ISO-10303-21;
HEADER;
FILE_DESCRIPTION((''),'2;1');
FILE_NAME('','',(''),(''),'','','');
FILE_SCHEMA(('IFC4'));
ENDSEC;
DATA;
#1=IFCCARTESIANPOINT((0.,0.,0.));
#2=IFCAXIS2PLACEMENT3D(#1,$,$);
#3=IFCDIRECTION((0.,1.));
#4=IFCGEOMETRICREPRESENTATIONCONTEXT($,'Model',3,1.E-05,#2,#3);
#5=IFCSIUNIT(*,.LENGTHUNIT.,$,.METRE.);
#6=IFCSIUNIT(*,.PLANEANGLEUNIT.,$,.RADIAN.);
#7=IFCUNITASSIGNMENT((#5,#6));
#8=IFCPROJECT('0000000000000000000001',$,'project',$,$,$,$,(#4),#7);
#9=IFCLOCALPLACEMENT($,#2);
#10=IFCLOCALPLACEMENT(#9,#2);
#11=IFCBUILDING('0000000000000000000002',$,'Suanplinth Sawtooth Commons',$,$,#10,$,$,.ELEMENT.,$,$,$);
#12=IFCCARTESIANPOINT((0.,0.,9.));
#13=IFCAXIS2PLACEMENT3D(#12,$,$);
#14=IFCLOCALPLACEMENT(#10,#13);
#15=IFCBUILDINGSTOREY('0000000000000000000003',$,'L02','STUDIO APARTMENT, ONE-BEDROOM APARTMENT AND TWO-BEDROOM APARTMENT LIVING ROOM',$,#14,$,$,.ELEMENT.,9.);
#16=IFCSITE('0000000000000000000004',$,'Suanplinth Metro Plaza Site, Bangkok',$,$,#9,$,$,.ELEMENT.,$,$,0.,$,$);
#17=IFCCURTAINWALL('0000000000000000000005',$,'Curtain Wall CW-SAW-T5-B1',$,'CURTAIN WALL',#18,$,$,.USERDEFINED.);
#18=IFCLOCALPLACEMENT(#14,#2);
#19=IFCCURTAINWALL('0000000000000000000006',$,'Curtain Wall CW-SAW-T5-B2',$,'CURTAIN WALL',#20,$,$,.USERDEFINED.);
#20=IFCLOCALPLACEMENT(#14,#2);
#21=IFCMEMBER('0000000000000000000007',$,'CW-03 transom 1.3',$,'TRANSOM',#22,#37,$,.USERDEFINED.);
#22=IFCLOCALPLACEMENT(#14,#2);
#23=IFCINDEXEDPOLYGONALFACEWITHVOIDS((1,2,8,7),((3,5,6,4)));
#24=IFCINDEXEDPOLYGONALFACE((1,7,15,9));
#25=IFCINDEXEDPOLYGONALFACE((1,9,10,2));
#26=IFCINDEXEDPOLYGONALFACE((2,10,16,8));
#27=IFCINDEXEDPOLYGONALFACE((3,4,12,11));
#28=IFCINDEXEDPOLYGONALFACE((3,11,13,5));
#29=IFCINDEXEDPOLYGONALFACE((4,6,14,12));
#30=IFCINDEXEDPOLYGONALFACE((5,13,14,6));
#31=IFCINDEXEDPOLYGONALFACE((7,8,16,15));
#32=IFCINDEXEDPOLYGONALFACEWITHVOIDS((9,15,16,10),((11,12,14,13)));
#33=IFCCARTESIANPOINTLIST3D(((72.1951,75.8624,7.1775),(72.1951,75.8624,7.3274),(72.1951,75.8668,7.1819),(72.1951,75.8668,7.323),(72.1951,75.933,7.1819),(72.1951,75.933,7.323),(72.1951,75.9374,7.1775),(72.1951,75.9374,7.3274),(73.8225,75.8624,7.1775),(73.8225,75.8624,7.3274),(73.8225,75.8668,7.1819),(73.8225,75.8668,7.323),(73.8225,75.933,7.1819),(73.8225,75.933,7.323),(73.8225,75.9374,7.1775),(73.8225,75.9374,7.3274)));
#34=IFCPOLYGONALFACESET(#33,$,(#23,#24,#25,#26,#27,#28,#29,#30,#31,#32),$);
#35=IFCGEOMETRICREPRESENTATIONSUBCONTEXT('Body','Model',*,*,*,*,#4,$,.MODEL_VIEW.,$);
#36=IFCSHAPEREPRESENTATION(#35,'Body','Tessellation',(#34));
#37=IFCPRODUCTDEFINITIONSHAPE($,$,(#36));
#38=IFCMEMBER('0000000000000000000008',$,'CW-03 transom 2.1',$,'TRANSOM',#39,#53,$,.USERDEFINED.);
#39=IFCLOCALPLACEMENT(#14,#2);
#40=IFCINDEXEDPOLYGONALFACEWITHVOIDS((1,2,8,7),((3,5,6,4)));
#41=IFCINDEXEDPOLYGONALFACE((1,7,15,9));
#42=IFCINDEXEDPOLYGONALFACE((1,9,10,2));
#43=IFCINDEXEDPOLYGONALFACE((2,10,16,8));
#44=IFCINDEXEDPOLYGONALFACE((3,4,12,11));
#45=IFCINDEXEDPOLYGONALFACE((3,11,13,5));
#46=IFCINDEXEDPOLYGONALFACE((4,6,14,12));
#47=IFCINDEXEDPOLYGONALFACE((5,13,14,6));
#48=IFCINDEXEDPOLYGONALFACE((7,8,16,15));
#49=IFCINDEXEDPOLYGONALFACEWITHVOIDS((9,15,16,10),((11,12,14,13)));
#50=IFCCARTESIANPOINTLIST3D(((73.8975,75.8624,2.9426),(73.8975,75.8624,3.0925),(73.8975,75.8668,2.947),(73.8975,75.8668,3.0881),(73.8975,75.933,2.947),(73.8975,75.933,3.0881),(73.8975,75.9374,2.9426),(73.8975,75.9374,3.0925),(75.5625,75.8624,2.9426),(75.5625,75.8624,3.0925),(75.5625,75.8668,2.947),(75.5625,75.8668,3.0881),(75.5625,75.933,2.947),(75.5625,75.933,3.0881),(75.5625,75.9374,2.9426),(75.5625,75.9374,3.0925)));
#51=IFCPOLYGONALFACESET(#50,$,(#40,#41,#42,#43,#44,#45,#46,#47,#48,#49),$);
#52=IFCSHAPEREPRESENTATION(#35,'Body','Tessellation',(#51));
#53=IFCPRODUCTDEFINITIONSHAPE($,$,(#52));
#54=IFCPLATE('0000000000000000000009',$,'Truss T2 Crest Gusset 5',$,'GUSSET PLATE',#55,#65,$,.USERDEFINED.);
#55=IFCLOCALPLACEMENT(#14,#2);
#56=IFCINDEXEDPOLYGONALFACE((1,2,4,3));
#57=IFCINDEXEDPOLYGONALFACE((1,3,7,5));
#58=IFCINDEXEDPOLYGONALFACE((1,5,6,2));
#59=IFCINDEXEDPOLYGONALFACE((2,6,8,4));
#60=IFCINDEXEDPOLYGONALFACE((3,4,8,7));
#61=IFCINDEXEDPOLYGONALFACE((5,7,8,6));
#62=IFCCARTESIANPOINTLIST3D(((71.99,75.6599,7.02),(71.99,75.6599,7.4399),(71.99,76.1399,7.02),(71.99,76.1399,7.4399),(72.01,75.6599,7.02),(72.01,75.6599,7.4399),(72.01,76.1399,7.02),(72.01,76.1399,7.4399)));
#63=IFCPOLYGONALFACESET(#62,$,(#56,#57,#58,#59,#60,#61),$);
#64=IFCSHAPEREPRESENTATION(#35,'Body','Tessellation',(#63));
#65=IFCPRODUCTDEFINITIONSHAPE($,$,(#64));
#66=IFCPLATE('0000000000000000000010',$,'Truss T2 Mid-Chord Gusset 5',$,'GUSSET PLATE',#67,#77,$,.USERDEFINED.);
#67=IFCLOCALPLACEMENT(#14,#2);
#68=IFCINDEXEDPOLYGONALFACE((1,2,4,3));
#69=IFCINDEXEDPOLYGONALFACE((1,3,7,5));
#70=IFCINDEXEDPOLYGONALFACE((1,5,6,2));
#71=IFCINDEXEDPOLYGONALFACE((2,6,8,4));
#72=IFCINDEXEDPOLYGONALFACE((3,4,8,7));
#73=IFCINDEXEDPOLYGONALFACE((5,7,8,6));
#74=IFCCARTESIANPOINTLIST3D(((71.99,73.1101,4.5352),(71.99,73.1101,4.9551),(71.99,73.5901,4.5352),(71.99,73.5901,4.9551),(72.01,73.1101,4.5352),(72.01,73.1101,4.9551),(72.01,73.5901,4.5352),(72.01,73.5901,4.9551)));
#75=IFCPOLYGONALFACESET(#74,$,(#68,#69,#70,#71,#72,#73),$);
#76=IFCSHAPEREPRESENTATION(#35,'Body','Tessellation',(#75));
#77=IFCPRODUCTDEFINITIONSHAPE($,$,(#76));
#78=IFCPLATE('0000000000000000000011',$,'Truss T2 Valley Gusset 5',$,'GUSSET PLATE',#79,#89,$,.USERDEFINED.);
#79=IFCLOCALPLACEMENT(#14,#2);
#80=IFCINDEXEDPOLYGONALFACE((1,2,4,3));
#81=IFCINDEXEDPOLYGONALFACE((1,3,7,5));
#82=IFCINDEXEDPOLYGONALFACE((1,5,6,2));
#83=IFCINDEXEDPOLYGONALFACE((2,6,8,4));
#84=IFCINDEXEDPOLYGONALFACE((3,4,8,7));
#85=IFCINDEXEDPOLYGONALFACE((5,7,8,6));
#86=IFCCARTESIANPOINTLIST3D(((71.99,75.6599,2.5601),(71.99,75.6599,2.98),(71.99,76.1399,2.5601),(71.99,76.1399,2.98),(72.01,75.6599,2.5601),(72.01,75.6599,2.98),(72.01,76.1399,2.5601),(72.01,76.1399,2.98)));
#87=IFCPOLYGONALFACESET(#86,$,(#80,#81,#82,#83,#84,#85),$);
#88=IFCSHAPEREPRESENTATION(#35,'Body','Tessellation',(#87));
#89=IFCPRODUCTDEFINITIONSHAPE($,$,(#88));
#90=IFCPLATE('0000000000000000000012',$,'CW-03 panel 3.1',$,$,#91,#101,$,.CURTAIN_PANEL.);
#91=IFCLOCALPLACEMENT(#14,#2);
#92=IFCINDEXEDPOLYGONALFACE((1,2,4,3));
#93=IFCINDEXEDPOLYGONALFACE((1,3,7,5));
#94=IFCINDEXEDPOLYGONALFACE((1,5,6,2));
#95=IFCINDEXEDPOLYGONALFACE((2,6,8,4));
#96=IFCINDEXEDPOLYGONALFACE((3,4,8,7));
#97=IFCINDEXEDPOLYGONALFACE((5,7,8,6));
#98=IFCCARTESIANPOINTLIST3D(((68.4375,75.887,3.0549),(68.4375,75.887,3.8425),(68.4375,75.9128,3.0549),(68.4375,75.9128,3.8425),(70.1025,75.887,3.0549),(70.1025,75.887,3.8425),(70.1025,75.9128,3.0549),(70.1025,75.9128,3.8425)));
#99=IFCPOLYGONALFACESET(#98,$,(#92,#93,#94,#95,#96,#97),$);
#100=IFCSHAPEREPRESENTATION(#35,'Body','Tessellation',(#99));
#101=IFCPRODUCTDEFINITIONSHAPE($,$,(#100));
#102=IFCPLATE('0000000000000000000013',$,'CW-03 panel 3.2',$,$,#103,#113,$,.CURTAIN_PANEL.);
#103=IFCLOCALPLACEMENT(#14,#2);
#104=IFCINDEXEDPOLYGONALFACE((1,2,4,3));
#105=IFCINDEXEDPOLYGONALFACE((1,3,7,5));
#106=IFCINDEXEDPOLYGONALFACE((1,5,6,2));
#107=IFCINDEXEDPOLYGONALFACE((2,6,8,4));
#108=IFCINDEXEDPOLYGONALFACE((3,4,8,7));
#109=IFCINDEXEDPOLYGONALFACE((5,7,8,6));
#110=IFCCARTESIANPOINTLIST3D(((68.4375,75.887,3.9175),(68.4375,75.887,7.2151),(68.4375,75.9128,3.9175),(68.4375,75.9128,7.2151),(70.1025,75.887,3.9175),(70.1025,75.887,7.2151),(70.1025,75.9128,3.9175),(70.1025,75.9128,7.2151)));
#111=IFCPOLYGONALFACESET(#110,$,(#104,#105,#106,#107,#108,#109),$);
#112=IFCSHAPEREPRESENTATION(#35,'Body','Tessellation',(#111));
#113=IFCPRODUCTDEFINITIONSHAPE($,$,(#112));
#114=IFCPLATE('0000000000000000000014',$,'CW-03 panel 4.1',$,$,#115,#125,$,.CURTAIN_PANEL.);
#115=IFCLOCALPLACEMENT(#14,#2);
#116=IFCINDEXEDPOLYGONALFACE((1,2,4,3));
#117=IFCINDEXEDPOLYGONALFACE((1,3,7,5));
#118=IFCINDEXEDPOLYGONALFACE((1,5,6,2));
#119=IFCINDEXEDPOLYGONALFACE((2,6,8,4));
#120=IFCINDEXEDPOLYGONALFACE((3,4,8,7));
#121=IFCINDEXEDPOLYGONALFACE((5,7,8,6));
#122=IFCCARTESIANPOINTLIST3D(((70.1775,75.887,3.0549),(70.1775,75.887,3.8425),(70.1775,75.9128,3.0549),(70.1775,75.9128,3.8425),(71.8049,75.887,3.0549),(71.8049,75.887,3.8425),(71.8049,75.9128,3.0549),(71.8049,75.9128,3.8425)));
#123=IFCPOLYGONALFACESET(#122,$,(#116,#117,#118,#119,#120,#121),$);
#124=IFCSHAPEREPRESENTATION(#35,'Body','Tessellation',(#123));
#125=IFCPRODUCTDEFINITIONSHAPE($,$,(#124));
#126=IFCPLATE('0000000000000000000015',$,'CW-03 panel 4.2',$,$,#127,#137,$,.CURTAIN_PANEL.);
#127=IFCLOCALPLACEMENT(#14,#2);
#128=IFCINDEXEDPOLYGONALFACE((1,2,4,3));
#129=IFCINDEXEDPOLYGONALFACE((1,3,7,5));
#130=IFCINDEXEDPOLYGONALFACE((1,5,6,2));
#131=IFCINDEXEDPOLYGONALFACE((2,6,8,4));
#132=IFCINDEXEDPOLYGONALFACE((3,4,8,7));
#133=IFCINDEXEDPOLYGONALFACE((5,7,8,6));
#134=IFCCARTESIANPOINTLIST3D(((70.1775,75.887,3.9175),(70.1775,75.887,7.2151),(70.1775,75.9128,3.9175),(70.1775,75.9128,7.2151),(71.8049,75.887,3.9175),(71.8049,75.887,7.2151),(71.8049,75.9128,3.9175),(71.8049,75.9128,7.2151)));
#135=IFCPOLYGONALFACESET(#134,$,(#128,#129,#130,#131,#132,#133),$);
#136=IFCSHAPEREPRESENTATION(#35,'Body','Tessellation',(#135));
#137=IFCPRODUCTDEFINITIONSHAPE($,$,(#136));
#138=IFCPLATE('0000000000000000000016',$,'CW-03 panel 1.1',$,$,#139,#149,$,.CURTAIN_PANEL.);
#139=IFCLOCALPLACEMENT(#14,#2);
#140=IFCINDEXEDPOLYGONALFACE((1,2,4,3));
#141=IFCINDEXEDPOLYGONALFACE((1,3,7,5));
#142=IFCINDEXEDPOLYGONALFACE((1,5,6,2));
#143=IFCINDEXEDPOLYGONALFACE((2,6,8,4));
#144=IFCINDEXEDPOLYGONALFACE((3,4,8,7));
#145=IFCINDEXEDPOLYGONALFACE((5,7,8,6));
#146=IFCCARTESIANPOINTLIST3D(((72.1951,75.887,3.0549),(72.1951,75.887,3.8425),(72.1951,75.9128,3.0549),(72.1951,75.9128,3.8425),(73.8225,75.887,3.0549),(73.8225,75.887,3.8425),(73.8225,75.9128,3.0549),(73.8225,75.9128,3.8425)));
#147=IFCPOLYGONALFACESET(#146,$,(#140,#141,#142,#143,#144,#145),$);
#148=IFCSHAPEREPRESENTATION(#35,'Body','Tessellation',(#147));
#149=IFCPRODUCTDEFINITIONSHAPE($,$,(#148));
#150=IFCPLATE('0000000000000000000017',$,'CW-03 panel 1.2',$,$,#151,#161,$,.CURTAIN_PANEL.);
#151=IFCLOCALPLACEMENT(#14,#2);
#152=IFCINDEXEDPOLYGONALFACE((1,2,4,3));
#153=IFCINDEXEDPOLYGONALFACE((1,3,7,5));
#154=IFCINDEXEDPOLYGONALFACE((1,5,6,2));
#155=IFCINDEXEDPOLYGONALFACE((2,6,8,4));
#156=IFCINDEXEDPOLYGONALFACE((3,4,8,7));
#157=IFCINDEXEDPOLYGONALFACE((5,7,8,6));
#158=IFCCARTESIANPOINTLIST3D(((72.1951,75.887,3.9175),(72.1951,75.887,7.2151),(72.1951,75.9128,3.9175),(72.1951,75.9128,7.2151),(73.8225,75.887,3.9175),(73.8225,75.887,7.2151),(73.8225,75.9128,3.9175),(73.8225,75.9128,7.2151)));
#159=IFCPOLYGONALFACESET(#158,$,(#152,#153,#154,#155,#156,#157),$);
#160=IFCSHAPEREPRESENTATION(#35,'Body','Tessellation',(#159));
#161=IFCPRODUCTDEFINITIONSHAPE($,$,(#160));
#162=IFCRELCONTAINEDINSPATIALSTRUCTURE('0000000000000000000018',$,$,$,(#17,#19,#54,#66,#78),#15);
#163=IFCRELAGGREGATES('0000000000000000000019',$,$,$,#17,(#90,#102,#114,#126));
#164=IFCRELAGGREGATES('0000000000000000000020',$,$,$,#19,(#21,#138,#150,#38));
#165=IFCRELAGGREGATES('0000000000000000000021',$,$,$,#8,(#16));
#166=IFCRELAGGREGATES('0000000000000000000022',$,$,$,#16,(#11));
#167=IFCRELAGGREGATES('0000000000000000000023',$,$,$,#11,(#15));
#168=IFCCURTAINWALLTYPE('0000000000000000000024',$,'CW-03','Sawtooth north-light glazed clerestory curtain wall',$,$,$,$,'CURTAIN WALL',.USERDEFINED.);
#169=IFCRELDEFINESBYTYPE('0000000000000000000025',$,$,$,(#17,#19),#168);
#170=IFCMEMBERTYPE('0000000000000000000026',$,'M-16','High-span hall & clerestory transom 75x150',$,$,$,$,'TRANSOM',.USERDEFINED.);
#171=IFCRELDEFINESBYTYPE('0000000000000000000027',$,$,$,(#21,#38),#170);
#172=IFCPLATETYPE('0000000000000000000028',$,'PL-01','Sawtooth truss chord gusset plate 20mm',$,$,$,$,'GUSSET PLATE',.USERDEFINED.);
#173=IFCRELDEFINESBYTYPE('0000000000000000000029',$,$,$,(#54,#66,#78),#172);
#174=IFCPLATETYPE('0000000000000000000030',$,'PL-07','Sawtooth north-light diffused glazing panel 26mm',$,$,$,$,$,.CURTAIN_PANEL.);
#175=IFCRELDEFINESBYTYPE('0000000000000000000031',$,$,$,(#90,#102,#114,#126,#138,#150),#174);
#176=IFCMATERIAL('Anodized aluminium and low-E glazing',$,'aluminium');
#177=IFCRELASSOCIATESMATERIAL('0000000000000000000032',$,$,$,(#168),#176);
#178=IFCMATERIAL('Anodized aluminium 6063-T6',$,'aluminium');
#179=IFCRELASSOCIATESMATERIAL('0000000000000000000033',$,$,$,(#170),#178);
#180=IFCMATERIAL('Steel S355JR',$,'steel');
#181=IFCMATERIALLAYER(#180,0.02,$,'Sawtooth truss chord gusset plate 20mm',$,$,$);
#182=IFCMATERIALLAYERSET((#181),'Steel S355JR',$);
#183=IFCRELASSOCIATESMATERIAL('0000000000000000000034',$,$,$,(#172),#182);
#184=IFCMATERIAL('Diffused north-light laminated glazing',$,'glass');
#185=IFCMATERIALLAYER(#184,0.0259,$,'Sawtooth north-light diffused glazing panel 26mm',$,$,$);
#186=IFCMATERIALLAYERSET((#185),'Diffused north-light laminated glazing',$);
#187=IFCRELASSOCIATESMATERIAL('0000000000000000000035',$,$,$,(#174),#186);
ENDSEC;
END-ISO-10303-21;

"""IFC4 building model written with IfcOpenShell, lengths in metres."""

from ifc_helpers import new_model, si_unit, direction, frame, origin, origin_2d, place, context, subcontext, project, spatial, rectangle, hollow_rectangle, extrude, material, layer, layer_set, material_profile, profile_set, type_object, element, aggregate, save


model = new_model("IFC4")

# Units and contexts
model_context = context("Model", 3, precision=1e-05, world=origin(), true_north=direction((0.0, 1.0)))
body_context = subcontext(model_context, "Body", "Model", "MODEL_VIEW")
ifc_project = project(units=[si_unit("LENGTHUNIT", "METRE"), si_unit("PLANEANGLEUNIT", "RADIAN")], contexts=[model_context])

# Site, building, storey
site_placement = place(None, origin())
site = spatial("IfcSite", under=ifc_project, at=site_placement, Name="Suanplinth Metro Plaza Site, Bangkok", CompositionType="ELEMENT", RefElevation=0.0)
building_placement = place(site_placement, origin())
building = spatial("IfcBuilding", under=site, at=building_placement, Name="Suanplinth Sawtooth Commons", CompositionType="ELEMENT")
storey_placement = place(building_placement, frame((0.0, 0.0, 9.0)))
storey = spatial("IfcBuildingStorey", under=building, at=storey_placement, Name="L02", Description="STUDIO APARTMENT, ONE-BEDROOM APARTMENT AND TWO-BEDROOM APARTMENT LIVING ROOM", CompositionType="ELEMENT", Elevation=9.0)

# Shared definitions
ifc_material_1 = material(Name="Steel S355JR", Category="steel")

# Curtain walls
ifc_material_2 = material(Name="Anodized aluminium and low-E glazing", Category="aluminium")
curtain_wall_type = type_object("IfcCurtainWallType", Name="CW-03", Description="Sawtooth north-light glazed clerestory curtain wall", ElementType="CURTAIN WALL", PredefinedType="USERDEFINED", material=ifc_material_2)
curtain_wall_1_placement = place(storey_placement, origin())
curtain_wall_1 = element("IfcCurtainWall", 1, at=curtain_wall_1_placement, inside=storey, type_object=curtain_wall_type, Name="Curtain Wall CW-SAW-T5-B1", ObjectType="CURTAIN WALL", PredefinedType="USERDEFINED")
ifc_material_3 = material(Name="Anodized aluminium 6063-T6", Category="aluminium")
curtain_wall_2_placement = place(storey_placement, origin())
curtain_wall_2 = element("IfcCurtainWall", 2, at=curtain_wall_2_placement, inside=storey, type_object=curtain_wall_type, Name="Curtain Wall CW-SAW-T5-B2", ObjectType="CURTAIN WALL", PredefinedType="USERDEFINED")

# Members
ifc_material_profile_1 = material_profile(ifc_material_3, hollow_rectangle(XDim=0.075, YDim=0.1499, WallThickness=0.0044, at=origin_2d()), Name="ALU-TRN 75x150")
ifc_profile_set_1 = profile_set([ifc_material_profile_1], Name="Anodized aluminium 6063-T6")
member_type_1 = type_object("IfcMemberType", Name="M-16", Description="High-span hall & clerestory transom 75x150", ElementType="TRANSOM", PredefinedType="USERDEFINED", material=ifc_profile_set_1)
member_1_placement = place(storey_placement, frame((72.1951, 75.8999, 7.2524), z_axis=(1.0, 0.0, 0.0), x_axis=(0.0, 1.0, 0.0)))
member_1 = element("IfcMember", 3, at=member_1_placement, type_object=member_type_1, Name="CW-03 transom 1.3", ObjectType="TRANSOM", PredefinedType="USERDEFINED", context=body_context, shape_type="SweptSolid", body=[
    extrude(hollow_rectangle(XDim=0.075, YDim=0.1499, WallThickness=0.0044, at=origin_2d()), origin(), (0.0, 0.0, 1.0), 1.6274),
])
member_2_placement = place(storey_placement, frame((73.8975, 75.8999, 3.0176), z_axis=(1.0, 0.0, 0.0), x_axis=(0.0, 1.0, 0.0)))
member_2 = element("IfcMember", 4, at=member_2_placement, type_object=member_type_1, Name="CW-03 transom 2.1", ObjectType="TRANSOM", PredefinedType="USERDEFINED", context=body_context, shape_type="SweptSolid", body=[
    extrude(hollow_rectangle(XDim=0.075, YDim=0.1499, WallThickness=0.0044, at=origin_2d()), origin(), (0.0, 0.0, 1.0), 1.665),
])

# Plates
ifc_layer_1 = layer(ifc_material_1, 0.02, Name="Sawtooth truss chord gusset plate 20mm")
ifc_layer_set_1 = layer_set([ifc_layer_1], Name="Steel S355JR")
plate_type_1 = type_object("IfcPlateType", Name="PL-01", Description="Sawtooth truss chord gusset plate 20mm", ElementType="GUSSET PLATE", PredefinedType="USERDEFINED", material=ifc_layer_set_1)
for number, where, z_axis, x_axis, name in (
    (5, (72.0, 75.8999, 7.02), (0.0, 0.0, 1.0), (1.0, 0.0, 0.0), "Truss T2 Crest Gusset 5"),
    (6, (72.0, 73.3501, 4.5352), (0.0, 0.0, 1.0), (1.0, 0.0, 0.0), "Truss T2 Mid-Chord Gusset 5"),
    (7, (72.0, 75.8999, 2.5601), (0.0, 0.0, 1.0), (1.0, 0.0, 0.0), "Truss T2 Valley Gusset 5"),
):
    element("IfcPlate", number, at=place(storey_placement, frame(where, z_axis=z_axis, x_axis=x_axis)), inside=storey, type_object=plate_type_1, Name=name, ObjectType="GUSSET PLATE", PredefinedType="USERDEFINED", context=body_context, shape_type="SweptSolid", body=[
        extrude(rectangle(XDim=0.02, YDim=0.48, at=origin_2d()), origin(), (0.0, 0.0, 1.0), 0.4199),
    ])

# Plates
ifc_material_4 = material(Name="Diffused north-light laminated glazing", Category="glass")
ifc_layer_2 = layer(ifc_material_4, 0.0259, Name="Sawtooth north-light diffused glazing panel 26mm")
ifc_layer_set_2 = layer_set([ifc_layer_2], Name="Diffused north-light laminated glazing")
plate_type_2 = type_object("IfcPlateType", Name="PL-07", Description="Sawtooth north-light diffused glazing panel 26mm", PredefinedType="CURTAIN_PANEL", material=ifc_layer_set_2)
plate_1_placement = place(storey_placement, frame((69.27, 75.8999, 3.0549), z_axis=(0.0, 0.0, 1.0), x_axis=(1.0, 0.0, 0.0)))
plate_1 = element("IfcPlate", 8, at=plate_1_placement, type_object=plate_type_2, Name="CW-03 panel 3.1", PredefinedType="CURTAIN_PANEL", context=body_context, shape_type="SweptSolid", body=[
    extrude(rectangle(XDim=1.665, YDim=0.0259, at=origin_2d()), origin(), (0.0, 0.0, 1.0), 0.7876),
])
plate_2_placement = place(storey_placement, frame((69.27, 75.8999, 3.9175), z_axis=(0.0, 0.0, 1.0), x_axis=(1.0, 0.0, 0.0)))
plate_2 = element("IfcPlate", 9, at=plate_2_placement, type_object=plate_type_2, Name="CW-03 panel 3.2", PredefinedType="CURTAIN_PANEL", context=body_context, shape_type="SweptSolid", body=[
    extrude(rectangle(XDim=1.665, YDim=0.0259, at=origin_2d()), origin(), (0.0, 0.0, 1.0), 3.2976),
])
plate_3_placement = place(storey_placement, frame((70.9912, 75.8999, 3.0549), z_axis=(0.0, 0.0, 1.0), x_axis=(1.0, 0.0, 0.0)))
plate_3 = element("IfcPlate", 10, at=plate_3_placement, type_object=plate_type_2, Name="CW-03 panel 4.1", PredefinedType="CURTAIN_PANEL", context=body_context, shape_type="SweptSolid", body=[
    extrude(rectangle(XDim=1.6274, YDim=0.0259, at=origin_2d()), origin(), (0.0, 0.0, 1.0), 0.7876),
])
plate_4_placement = place(storey_placement, frame((70.9912, 75.8999, 3.9175), z_axis=(0.0, 0.0, 1.0), x_axis=(1.0, 0.0, 0.0)))
plate_4 = element("IfcPlate", 11, at=plate_4_placement, type_object=plate_type_2, Name="CW-03 panel 4.2", PredefinedType="CURTAIN_PANEL", context=body_context, shape_type="SweptSolid", body=[
    extrude(rectangle(XDim=1.6274, YDim=0.0259, at=origin_2d()), origin(), (0.0, 0.0, 1.0), 3.2976),
])
aggregate(curtain_wall_1, [plate_1, plate_2, plate_3, plate_4])
plate_5_placement = place(storey_placement, frame((73.0088, 75.8999, 3.0549), z_axis=(0.0, 0.0, 1.0), x_axis=(1.0, 0.0, 0.0)))
plate_5 = element("IfcPlate", 12, at=plate_5_placement, type_object=plate_type_2, Name="CW-03 panel 1.1", PredefinedType="CURTAIN_PANEL", context=body_context, shape_type="SweptSolid", body=[
    extrude(rectangle(XDim=1.6274, YDim=0.0259, at=origin_2d()), origin(), (0.0, 0.0, 1.0), 0.7876),
])
plate_6_placement = place(storey_placement, frame((73.0088, 75.8999, 3.9175), z_axis=(0.0, 0.0, 1.0), x_axis=(1.0, 0.0, 0.0)))
plate_6 = element("IfcPlate", 13, at=plate_6_placement, type_object=plate_type_2, Name="CW-03 panel 1.2", PredefinedType="CURTAIN_PANEL", context=body_context, shape_type="SweptSolid", body=[
    extrude(rectangle(XDim=1.6274, YDim=0.0259, at=origin_2d()), origin(), (0.0, 0.0, 1.0), 3.2976),
])
aggregate(curtain_wall_2, [member_1, plate_5, plate_6, member_2])

save(model, "model.ifc")
